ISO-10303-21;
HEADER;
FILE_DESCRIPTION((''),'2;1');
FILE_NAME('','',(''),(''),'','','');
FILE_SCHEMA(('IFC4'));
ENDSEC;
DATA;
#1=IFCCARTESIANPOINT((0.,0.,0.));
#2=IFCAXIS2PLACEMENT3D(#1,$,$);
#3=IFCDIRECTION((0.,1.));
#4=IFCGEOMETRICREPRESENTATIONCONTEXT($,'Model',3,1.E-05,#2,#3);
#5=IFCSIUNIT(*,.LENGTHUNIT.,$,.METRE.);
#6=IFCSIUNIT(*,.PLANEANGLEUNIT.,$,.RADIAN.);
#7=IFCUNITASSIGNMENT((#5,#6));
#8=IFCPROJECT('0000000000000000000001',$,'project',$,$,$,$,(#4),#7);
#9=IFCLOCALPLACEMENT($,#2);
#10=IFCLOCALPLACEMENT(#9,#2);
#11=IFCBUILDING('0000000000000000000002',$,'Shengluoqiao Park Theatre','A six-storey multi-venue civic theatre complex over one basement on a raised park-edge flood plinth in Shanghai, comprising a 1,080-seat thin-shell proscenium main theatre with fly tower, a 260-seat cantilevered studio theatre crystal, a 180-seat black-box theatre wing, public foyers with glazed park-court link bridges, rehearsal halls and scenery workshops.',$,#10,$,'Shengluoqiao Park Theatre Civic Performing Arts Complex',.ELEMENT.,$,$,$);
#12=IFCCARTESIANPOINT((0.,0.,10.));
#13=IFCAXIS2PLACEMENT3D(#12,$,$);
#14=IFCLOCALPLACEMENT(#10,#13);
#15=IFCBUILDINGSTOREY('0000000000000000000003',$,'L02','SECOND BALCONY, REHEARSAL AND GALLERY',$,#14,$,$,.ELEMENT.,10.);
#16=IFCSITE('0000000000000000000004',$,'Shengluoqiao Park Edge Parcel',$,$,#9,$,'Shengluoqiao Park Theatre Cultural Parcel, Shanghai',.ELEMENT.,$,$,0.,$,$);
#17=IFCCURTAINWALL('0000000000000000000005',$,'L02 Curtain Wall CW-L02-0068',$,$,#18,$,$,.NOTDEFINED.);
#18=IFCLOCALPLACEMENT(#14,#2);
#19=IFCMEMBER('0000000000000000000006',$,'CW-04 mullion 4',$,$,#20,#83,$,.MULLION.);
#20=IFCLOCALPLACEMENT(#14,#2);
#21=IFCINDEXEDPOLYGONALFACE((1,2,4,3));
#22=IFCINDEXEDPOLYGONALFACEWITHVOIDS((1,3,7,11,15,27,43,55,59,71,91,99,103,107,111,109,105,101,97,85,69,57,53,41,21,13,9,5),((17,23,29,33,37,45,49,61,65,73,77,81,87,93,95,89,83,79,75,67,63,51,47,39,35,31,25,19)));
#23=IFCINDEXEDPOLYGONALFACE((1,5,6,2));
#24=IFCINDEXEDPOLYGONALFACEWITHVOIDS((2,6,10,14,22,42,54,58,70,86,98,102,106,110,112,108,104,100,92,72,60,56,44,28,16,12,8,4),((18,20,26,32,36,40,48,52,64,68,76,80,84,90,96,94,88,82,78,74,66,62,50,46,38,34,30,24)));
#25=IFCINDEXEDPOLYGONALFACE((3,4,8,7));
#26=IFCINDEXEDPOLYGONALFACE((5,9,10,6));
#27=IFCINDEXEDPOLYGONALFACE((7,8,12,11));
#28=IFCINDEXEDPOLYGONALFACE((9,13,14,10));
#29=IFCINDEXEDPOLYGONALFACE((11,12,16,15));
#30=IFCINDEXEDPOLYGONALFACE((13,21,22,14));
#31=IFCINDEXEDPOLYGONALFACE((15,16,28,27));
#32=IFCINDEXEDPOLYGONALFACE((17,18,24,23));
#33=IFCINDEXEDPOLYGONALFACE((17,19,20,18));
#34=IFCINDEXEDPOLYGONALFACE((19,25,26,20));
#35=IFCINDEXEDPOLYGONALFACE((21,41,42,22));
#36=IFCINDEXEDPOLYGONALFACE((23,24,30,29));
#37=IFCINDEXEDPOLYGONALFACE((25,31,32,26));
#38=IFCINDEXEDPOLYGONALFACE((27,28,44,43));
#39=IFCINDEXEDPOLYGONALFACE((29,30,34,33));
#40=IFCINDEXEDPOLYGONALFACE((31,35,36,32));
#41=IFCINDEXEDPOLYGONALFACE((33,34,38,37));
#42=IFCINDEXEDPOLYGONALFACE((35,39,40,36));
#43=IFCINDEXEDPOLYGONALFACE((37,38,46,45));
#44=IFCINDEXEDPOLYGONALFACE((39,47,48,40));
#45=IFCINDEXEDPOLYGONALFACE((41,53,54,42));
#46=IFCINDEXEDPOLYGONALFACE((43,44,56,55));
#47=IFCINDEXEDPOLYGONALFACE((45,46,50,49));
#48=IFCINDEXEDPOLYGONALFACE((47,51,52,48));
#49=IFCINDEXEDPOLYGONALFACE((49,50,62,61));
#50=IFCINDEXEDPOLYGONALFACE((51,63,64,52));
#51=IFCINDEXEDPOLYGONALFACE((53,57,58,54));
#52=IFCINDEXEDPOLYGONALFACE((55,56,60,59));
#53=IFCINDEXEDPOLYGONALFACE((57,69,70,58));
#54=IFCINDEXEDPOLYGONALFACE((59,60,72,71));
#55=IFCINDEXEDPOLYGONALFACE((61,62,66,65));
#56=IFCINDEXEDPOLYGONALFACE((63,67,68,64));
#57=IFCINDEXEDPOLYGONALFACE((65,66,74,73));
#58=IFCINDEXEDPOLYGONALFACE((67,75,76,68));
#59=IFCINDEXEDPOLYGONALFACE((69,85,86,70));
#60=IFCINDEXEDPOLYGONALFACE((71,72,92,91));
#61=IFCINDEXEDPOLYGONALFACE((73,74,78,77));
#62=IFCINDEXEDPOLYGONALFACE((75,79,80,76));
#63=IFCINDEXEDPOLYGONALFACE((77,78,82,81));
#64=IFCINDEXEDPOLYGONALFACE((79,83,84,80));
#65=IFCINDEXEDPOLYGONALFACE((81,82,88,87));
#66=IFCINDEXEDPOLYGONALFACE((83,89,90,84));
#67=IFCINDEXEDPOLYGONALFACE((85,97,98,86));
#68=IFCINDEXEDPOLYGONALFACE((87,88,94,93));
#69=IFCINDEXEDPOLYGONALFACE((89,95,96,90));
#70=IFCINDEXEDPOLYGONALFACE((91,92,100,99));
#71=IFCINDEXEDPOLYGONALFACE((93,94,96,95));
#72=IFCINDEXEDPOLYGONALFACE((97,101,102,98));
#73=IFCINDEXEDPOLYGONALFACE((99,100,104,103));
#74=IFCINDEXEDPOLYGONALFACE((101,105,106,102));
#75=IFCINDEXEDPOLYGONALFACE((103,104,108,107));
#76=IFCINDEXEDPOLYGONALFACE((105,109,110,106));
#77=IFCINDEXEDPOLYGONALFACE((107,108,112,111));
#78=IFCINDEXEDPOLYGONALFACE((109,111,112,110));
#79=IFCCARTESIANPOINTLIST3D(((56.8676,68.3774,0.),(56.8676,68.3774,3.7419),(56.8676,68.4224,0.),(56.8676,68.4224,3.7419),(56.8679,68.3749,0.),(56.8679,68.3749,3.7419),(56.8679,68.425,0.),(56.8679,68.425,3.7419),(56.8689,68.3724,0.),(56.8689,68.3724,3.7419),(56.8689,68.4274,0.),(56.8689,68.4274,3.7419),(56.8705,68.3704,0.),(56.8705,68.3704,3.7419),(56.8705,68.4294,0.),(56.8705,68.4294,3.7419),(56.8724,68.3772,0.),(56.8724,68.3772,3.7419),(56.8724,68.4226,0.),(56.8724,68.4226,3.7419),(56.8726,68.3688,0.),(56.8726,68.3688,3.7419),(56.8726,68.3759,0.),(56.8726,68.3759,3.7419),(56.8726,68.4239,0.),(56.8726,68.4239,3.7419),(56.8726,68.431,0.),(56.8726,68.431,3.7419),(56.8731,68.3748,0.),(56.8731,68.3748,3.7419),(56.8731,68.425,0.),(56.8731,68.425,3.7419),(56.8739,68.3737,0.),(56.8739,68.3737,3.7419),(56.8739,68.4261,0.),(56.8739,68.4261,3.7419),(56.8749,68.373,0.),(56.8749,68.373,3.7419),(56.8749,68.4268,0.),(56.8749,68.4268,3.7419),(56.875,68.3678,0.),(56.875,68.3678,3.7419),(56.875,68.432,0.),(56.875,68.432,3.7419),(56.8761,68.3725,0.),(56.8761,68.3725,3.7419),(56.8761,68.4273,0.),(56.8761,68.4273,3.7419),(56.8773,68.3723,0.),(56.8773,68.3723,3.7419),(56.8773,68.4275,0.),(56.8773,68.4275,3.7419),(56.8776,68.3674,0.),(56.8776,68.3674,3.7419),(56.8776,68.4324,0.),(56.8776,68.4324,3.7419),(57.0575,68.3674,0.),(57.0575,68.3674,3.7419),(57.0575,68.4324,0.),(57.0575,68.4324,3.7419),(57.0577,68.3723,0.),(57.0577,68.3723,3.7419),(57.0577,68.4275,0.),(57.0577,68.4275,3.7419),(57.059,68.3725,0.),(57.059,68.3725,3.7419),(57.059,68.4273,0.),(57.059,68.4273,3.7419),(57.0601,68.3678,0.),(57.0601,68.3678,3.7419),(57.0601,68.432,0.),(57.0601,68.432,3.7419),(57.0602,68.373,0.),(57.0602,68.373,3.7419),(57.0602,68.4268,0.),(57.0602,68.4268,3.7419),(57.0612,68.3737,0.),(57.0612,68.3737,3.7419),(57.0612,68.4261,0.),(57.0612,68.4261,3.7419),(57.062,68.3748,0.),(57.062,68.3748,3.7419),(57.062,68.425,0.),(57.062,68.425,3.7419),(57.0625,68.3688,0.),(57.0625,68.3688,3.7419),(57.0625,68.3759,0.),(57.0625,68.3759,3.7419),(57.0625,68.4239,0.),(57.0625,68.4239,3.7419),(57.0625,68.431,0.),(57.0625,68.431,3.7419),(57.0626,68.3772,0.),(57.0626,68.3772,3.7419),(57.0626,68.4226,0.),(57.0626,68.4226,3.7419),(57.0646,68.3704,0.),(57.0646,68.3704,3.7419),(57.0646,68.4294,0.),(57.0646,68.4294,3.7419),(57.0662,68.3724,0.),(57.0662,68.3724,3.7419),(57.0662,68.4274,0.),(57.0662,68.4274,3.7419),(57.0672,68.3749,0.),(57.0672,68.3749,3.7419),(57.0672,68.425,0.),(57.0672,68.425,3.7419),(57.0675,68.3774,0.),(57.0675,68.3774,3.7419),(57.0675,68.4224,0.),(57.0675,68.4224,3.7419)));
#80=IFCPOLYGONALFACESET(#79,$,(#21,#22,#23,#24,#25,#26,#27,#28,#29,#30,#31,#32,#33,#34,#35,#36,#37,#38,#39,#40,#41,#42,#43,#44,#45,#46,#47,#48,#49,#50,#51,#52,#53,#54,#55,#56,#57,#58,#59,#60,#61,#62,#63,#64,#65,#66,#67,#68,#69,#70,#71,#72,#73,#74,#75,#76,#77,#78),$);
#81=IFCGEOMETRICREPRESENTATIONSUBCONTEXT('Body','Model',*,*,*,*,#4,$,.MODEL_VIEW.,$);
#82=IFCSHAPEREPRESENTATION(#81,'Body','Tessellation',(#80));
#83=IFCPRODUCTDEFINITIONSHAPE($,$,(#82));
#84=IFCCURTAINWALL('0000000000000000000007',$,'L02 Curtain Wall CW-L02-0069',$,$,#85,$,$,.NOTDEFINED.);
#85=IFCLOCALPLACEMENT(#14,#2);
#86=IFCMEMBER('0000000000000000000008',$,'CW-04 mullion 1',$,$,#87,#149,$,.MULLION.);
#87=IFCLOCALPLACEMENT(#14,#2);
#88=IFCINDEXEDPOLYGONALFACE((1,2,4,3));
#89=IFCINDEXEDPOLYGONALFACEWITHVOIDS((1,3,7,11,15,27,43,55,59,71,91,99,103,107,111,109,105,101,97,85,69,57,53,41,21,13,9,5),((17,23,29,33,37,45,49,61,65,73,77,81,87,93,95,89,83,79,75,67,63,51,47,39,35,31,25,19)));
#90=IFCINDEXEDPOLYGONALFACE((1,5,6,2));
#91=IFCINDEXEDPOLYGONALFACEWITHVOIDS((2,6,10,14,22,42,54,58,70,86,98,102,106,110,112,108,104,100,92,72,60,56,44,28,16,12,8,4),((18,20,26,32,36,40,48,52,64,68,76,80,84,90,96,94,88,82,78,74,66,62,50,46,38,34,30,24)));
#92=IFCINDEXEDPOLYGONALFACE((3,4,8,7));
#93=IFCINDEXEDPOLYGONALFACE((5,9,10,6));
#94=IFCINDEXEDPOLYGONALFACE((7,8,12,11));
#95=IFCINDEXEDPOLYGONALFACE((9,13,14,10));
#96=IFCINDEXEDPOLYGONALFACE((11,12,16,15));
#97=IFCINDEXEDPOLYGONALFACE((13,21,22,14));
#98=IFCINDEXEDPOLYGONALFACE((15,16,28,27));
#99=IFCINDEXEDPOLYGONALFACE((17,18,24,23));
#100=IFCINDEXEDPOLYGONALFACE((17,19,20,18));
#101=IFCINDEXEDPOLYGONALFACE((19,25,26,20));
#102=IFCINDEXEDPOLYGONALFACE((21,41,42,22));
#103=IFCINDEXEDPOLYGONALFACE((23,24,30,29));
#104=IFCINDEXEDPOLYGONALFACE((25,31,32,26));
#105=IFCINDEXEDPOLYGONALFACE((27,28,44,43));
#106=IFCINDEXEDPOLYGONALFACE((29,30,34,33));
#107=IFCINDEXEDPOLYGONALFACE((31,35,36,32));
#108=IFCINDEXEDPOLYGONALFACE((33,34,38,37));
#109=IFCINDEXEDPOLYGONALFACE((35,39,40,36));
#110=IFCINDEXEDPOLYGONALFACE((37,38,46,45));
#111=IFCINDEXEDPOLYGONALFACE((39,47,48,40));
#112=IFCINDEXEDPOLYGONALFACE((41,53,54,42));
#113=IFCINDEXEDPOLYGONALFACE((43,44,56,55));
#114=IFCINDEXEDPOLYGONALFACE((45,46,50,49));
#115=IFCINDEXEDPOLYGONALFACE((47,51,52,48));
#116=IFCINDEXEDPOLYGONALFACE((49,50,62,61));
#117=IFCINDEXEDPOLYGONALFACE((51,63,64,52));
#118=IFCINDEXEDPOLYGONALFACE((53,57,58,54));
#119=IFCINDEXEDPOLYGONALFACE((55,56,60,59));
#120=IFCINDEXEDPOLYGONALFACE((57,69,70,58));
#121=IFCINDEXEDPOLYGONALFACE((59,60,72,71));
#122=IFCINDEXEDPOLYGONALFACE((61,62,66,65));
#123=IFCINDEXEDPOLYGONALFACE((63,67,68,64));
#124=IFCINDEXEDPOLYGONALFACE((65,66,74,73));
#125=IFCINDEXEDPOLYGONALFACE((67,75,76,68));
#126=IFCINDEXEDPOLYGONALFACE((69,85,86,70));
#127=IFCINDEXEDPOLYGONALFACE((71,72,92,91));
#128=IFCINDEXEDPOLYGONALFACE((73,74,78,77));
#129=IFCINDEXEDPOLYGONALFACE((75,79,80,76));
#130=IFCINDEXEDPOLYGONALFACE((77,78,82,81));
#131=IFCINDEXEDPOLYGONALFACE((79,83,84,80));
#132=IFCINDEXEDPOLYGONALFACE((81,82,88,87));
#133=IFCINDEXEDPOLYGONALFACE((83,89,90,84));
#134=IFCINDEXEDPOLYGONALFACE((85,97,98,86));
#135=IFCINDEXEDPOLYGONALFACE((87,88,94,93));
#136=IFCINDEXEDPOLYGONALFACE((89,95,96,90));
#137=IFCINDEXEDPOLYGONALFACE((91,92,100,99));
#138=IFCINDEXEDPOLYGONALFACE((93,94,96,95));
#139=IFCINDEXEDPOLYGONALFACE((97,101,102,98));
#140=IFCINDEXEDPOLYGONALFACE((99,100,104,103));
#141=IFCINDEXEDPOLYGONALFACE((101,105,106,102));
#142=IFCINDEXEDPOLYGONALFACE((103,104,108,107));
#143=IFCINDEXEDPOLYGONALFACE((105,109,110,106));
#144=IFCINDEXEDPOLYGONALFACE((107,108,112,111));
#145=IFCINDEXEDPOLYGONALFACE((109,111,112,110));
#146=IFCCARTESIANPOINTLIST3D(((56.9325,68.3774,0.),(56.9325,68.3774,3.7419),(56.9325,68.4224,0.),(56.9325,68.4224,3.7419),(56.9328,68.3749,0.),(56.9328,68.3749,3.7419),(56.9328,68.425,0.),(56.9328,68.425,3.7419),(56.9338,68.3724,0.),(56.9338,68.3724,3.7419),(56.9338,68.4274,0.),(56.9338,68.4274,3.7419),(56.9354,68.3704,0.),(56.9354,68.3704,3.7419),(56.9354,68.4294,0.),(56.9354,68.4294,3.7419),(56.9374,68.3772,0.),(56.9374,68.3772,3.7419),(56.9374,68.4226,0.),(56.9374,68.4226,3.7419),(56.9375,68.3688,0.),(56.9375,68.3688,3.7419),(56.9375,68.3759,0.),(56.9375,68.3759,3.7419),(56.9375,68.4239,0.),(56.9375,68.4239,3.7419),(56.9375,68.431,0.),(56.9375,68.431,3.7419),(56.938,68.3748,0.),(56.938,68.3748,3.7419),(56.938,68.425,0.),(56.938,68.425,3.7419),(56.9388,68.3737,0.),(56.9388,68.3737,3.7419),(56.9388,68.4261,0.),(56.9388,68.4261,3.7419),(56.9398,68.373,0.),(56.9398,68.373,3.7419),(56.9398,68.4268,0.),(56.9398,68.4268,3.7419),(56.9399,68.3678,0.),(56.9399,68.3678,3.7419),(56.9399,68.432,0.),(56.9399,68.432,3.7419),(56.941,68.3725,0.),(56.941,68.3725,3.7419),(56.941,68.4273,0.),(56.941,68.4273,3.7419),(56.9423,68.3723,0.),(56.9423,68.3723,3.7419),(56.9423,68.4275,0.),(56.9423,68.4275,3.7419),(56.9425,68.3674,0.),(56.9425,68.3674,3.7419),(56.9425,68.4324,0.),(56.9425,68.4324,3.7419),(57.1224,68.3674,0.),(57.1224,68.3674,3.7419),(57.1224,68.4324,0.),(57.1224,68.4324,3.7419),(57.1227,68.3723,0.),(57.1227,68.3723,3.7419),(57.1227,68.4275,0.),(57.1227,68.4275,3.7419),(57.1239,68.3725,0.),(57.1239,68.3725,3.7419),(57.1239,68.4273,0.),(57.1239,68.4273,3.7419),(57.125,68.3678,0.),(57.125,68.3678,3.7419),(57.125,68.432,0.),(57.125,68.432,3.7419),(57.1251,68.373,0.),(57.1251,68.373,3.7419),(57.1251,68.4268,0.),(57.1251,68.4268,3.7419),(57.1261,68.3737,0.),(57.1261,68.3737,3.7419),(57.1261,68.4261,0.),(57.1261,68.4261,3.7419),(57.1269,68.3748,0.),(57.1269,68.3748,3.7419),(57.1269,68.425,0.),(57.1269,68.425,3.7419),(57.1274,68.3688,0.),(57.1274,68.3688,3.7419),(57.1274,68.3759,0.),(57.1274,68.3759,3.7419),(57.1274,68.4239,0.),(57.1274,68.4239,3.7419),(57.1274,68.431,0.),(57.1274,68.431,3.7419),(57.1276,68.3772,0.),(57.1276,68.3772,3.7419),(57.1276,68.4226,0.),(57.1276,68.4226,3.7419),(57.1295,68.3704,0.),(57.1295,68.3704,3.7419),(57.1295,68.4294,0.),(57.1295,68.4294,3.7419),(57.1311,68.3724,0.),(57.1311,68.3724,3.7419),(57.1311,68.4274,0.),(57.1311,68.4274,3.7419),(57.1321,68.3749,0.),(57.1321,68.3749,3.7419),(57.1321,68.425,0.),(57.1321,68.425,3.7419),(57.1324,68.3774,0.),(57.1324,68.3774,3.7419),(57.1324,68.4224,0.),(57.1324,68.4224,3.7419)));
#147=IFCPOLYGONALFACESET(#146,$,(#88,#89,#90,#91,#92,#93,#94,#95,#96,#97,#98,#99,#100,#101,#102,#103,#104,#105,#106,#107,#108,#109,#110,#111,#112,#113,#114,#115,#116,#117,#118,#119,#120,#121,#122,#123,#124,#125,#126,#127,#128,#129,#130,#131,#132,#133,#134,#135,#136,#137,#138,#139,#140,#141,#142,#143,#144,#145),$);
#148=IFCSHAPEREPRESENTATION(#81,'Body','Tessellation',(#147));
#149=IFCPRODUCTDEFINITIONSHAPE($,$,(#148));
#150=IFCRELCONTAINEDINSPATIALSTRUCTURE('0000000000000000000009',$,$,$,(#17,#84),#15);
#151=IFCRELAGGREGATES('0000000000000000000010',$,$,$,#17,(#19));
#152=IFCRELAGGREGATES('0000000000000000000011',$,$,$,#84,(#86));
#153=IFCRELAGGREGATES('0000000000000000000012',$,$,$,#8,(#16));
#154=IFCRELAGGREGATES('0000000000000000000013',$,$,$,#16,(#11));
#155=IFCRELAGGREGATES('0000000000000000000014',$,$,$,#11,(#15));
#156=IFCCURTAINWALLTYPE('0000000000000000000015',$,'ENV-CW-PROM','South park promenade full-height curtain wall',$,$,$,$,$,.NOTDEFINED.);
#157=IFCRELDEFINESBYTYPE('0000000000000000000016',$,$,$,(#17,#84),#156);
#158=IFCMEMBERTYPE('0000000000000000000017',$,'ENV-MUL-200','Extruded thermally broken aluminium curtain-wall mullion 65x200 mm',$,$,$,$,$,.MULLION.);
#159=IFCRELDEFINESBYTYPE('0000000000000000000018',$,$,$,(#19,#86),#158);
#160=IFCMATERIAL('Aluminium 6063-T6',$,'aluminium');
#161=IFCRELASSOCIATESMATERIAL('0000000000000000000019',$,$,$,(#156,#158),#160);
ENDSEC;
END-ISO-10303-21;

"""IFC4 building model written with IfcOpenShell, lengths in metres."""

from ifc_helpers import new_model, si_unit, direction, frame, origin, origin_2d, place, context, subcontext, project, spatial, hollow_rectangle, extrude, material, material_profile, profile_set, type_object, element, aggregate, save


model = new_model("IFC4")

# Units and contexts
model_context = context("Model", 3, precision=1e-05, world=origin(), true_north=direction((0.0, 1.0)))
body_context = subcontext(model_context, "Body", "Model", "MODEL_VIEW")
ifc_project = project(units=[si_unit("LENGTHUNIT", "METRE"), si_unit("PLANEANGLEUNIT", "RADIAN")], contexts=[model_context])

# Site, building, storey
site_placement = place(None, origin())
site = spatial("IfcSite", under=ifc_project, at=site_placement, Name="Shengluoqiao Park Edge Parcel", LongName="Shengluoqiao Park Theatre Cultural Parcel, Shanghai", CompositionType="ELEMENT", RefElevation=0.0)
building_placement = place(site_placement, origin())
building = spatial("IfcBuilding", under=site, at=building_placement, Name="Shengluoqiao Park Theatre", Description="A six-storey multi-venue civic theatre complex over one basement on a raised park-edge flood plinth in Shanghai, comprising a 1,080-seat thin-shell proscenium main theatre with fly tower, a 260-seat cantilevered studio theatre crystal, a 180-seat black-box theatre wing, public foyers with glazed park-court link bridges, rehearsal halls and scenery workshops.", LongName="Shengluoqiao Park Theatre Civic Performing Arts Complex", CompositionType="ELEMENT")
storey_placement = place(building_placement, frame((0.0, 0.0, 10.0)))
storey = spatial("IfcBuildingStorey", under=building, at=storey_placement, Name="L02", Description="SECOND BALCONY, REHEARSAL AND GALLERY", CompositionType="ELEMENT", Elevation=10.0)

# Curtain walls, members
ifc_material_1 = material(Name="Aluminium 6063-T6", Category="aluminium")
curtain_wall_type = type_object("IfcCurtainWallType", Name="ENV-CW-PROM", Description="South park promenade full-height curtain wall", PredefinedType="NOTDEFINED", material=ifc_material_1)
curtain_wall_1_placement = place(storey_placement, origin())
curtain_wall_1 = element("IfcCurtainWall", 1, at=curtain_wall_1_placement, inside=storey, type_object=curtain_wall_type, Name="L02 Curtain Wall CW-L02-0068", PredefinedType="NOTDEFINED")
ifc_material_profile_1 = material_profile(ifc_material_1, hollow_rectangle(XDim=0.0649, YDim=0.2, WallThickness=0.0049, InnerFilletRadius=0.0049, OuterFilletRadius=0.01, at=origin_2d()), Name="ALU MULLION 200x65x5")
ifc_profile_set_1 = profile_set([ifc_material_profile_1], Name="Aluminium 6063-T6")
member_type_1 = type_object("IfcMemberType", Name="ENV-MUL-200", Description="Extruded thermally broken aluminium curtain-wall mullion 65x200 mm", PredefinedType="MULLION", material=ifc_profile_set_1)
member_1_placement = place(storey_placement, frame((56.9675, 68.3999, 0.0), z_axis=(0.0, 0.0, 1.0), x_axis=(0.0, 1.0, 0.0)))
member_1 = element("IfcMember", 2, at=member_1_placement, type_object=member_type_1, Name="CW-04 mullion 4", PredefinedType="MULLION", context=body_context, shape_type="SweptSolid", body=[
    extrude(hollow_rectangle(XDim=0.0649, YDim=0.2, WallThickness=0.0049, InnerFilletRadius=0.0049, OuterFilletRadius=0.01, at=origin_2d()), origin(), (0.0, 0.0, 1.0), 3.7419),
])
curtain_wall_2_placement = place(storey_placement, origin())
curtain_wall_2 = element("IfcCurtainWall", 3, at=curtain_wall_2_placement, inside=storey, type_object=curtain_wall_type, Name="L02 Curtain Wall CW-L02-0069", PredefinedType="NOTDEFINED")
member_2_placement = place(storey_placement, frame((57.0325, 68.3999, 0.0), z_axis=(0.0, 0.0, 1.0), x_axis=(0.0, 1.0, 0.0)))
member_2 = element("IfcMember", 4, at=member_2_placement, type_object=member_type_1, Name="CW-04 mullion 1", PredefinedType="MULLION", context=body_context, shape_type="SweptSolid", body=[
    extrude(hollow_rectangle(XDim=0.0649, YDim=0.2, WallThickness=0.0049, InnerFilletRadius=0.0049, OuterFilletRadius=0.01, at=origin_2d()), origin(), (0.0, 0.0, 1.0), 3.7419),
])

aggregate(curtain_wall_1, [member_1])
aggregate(curtain_wall_2, [member_2])

save(model, "model.ifc")
